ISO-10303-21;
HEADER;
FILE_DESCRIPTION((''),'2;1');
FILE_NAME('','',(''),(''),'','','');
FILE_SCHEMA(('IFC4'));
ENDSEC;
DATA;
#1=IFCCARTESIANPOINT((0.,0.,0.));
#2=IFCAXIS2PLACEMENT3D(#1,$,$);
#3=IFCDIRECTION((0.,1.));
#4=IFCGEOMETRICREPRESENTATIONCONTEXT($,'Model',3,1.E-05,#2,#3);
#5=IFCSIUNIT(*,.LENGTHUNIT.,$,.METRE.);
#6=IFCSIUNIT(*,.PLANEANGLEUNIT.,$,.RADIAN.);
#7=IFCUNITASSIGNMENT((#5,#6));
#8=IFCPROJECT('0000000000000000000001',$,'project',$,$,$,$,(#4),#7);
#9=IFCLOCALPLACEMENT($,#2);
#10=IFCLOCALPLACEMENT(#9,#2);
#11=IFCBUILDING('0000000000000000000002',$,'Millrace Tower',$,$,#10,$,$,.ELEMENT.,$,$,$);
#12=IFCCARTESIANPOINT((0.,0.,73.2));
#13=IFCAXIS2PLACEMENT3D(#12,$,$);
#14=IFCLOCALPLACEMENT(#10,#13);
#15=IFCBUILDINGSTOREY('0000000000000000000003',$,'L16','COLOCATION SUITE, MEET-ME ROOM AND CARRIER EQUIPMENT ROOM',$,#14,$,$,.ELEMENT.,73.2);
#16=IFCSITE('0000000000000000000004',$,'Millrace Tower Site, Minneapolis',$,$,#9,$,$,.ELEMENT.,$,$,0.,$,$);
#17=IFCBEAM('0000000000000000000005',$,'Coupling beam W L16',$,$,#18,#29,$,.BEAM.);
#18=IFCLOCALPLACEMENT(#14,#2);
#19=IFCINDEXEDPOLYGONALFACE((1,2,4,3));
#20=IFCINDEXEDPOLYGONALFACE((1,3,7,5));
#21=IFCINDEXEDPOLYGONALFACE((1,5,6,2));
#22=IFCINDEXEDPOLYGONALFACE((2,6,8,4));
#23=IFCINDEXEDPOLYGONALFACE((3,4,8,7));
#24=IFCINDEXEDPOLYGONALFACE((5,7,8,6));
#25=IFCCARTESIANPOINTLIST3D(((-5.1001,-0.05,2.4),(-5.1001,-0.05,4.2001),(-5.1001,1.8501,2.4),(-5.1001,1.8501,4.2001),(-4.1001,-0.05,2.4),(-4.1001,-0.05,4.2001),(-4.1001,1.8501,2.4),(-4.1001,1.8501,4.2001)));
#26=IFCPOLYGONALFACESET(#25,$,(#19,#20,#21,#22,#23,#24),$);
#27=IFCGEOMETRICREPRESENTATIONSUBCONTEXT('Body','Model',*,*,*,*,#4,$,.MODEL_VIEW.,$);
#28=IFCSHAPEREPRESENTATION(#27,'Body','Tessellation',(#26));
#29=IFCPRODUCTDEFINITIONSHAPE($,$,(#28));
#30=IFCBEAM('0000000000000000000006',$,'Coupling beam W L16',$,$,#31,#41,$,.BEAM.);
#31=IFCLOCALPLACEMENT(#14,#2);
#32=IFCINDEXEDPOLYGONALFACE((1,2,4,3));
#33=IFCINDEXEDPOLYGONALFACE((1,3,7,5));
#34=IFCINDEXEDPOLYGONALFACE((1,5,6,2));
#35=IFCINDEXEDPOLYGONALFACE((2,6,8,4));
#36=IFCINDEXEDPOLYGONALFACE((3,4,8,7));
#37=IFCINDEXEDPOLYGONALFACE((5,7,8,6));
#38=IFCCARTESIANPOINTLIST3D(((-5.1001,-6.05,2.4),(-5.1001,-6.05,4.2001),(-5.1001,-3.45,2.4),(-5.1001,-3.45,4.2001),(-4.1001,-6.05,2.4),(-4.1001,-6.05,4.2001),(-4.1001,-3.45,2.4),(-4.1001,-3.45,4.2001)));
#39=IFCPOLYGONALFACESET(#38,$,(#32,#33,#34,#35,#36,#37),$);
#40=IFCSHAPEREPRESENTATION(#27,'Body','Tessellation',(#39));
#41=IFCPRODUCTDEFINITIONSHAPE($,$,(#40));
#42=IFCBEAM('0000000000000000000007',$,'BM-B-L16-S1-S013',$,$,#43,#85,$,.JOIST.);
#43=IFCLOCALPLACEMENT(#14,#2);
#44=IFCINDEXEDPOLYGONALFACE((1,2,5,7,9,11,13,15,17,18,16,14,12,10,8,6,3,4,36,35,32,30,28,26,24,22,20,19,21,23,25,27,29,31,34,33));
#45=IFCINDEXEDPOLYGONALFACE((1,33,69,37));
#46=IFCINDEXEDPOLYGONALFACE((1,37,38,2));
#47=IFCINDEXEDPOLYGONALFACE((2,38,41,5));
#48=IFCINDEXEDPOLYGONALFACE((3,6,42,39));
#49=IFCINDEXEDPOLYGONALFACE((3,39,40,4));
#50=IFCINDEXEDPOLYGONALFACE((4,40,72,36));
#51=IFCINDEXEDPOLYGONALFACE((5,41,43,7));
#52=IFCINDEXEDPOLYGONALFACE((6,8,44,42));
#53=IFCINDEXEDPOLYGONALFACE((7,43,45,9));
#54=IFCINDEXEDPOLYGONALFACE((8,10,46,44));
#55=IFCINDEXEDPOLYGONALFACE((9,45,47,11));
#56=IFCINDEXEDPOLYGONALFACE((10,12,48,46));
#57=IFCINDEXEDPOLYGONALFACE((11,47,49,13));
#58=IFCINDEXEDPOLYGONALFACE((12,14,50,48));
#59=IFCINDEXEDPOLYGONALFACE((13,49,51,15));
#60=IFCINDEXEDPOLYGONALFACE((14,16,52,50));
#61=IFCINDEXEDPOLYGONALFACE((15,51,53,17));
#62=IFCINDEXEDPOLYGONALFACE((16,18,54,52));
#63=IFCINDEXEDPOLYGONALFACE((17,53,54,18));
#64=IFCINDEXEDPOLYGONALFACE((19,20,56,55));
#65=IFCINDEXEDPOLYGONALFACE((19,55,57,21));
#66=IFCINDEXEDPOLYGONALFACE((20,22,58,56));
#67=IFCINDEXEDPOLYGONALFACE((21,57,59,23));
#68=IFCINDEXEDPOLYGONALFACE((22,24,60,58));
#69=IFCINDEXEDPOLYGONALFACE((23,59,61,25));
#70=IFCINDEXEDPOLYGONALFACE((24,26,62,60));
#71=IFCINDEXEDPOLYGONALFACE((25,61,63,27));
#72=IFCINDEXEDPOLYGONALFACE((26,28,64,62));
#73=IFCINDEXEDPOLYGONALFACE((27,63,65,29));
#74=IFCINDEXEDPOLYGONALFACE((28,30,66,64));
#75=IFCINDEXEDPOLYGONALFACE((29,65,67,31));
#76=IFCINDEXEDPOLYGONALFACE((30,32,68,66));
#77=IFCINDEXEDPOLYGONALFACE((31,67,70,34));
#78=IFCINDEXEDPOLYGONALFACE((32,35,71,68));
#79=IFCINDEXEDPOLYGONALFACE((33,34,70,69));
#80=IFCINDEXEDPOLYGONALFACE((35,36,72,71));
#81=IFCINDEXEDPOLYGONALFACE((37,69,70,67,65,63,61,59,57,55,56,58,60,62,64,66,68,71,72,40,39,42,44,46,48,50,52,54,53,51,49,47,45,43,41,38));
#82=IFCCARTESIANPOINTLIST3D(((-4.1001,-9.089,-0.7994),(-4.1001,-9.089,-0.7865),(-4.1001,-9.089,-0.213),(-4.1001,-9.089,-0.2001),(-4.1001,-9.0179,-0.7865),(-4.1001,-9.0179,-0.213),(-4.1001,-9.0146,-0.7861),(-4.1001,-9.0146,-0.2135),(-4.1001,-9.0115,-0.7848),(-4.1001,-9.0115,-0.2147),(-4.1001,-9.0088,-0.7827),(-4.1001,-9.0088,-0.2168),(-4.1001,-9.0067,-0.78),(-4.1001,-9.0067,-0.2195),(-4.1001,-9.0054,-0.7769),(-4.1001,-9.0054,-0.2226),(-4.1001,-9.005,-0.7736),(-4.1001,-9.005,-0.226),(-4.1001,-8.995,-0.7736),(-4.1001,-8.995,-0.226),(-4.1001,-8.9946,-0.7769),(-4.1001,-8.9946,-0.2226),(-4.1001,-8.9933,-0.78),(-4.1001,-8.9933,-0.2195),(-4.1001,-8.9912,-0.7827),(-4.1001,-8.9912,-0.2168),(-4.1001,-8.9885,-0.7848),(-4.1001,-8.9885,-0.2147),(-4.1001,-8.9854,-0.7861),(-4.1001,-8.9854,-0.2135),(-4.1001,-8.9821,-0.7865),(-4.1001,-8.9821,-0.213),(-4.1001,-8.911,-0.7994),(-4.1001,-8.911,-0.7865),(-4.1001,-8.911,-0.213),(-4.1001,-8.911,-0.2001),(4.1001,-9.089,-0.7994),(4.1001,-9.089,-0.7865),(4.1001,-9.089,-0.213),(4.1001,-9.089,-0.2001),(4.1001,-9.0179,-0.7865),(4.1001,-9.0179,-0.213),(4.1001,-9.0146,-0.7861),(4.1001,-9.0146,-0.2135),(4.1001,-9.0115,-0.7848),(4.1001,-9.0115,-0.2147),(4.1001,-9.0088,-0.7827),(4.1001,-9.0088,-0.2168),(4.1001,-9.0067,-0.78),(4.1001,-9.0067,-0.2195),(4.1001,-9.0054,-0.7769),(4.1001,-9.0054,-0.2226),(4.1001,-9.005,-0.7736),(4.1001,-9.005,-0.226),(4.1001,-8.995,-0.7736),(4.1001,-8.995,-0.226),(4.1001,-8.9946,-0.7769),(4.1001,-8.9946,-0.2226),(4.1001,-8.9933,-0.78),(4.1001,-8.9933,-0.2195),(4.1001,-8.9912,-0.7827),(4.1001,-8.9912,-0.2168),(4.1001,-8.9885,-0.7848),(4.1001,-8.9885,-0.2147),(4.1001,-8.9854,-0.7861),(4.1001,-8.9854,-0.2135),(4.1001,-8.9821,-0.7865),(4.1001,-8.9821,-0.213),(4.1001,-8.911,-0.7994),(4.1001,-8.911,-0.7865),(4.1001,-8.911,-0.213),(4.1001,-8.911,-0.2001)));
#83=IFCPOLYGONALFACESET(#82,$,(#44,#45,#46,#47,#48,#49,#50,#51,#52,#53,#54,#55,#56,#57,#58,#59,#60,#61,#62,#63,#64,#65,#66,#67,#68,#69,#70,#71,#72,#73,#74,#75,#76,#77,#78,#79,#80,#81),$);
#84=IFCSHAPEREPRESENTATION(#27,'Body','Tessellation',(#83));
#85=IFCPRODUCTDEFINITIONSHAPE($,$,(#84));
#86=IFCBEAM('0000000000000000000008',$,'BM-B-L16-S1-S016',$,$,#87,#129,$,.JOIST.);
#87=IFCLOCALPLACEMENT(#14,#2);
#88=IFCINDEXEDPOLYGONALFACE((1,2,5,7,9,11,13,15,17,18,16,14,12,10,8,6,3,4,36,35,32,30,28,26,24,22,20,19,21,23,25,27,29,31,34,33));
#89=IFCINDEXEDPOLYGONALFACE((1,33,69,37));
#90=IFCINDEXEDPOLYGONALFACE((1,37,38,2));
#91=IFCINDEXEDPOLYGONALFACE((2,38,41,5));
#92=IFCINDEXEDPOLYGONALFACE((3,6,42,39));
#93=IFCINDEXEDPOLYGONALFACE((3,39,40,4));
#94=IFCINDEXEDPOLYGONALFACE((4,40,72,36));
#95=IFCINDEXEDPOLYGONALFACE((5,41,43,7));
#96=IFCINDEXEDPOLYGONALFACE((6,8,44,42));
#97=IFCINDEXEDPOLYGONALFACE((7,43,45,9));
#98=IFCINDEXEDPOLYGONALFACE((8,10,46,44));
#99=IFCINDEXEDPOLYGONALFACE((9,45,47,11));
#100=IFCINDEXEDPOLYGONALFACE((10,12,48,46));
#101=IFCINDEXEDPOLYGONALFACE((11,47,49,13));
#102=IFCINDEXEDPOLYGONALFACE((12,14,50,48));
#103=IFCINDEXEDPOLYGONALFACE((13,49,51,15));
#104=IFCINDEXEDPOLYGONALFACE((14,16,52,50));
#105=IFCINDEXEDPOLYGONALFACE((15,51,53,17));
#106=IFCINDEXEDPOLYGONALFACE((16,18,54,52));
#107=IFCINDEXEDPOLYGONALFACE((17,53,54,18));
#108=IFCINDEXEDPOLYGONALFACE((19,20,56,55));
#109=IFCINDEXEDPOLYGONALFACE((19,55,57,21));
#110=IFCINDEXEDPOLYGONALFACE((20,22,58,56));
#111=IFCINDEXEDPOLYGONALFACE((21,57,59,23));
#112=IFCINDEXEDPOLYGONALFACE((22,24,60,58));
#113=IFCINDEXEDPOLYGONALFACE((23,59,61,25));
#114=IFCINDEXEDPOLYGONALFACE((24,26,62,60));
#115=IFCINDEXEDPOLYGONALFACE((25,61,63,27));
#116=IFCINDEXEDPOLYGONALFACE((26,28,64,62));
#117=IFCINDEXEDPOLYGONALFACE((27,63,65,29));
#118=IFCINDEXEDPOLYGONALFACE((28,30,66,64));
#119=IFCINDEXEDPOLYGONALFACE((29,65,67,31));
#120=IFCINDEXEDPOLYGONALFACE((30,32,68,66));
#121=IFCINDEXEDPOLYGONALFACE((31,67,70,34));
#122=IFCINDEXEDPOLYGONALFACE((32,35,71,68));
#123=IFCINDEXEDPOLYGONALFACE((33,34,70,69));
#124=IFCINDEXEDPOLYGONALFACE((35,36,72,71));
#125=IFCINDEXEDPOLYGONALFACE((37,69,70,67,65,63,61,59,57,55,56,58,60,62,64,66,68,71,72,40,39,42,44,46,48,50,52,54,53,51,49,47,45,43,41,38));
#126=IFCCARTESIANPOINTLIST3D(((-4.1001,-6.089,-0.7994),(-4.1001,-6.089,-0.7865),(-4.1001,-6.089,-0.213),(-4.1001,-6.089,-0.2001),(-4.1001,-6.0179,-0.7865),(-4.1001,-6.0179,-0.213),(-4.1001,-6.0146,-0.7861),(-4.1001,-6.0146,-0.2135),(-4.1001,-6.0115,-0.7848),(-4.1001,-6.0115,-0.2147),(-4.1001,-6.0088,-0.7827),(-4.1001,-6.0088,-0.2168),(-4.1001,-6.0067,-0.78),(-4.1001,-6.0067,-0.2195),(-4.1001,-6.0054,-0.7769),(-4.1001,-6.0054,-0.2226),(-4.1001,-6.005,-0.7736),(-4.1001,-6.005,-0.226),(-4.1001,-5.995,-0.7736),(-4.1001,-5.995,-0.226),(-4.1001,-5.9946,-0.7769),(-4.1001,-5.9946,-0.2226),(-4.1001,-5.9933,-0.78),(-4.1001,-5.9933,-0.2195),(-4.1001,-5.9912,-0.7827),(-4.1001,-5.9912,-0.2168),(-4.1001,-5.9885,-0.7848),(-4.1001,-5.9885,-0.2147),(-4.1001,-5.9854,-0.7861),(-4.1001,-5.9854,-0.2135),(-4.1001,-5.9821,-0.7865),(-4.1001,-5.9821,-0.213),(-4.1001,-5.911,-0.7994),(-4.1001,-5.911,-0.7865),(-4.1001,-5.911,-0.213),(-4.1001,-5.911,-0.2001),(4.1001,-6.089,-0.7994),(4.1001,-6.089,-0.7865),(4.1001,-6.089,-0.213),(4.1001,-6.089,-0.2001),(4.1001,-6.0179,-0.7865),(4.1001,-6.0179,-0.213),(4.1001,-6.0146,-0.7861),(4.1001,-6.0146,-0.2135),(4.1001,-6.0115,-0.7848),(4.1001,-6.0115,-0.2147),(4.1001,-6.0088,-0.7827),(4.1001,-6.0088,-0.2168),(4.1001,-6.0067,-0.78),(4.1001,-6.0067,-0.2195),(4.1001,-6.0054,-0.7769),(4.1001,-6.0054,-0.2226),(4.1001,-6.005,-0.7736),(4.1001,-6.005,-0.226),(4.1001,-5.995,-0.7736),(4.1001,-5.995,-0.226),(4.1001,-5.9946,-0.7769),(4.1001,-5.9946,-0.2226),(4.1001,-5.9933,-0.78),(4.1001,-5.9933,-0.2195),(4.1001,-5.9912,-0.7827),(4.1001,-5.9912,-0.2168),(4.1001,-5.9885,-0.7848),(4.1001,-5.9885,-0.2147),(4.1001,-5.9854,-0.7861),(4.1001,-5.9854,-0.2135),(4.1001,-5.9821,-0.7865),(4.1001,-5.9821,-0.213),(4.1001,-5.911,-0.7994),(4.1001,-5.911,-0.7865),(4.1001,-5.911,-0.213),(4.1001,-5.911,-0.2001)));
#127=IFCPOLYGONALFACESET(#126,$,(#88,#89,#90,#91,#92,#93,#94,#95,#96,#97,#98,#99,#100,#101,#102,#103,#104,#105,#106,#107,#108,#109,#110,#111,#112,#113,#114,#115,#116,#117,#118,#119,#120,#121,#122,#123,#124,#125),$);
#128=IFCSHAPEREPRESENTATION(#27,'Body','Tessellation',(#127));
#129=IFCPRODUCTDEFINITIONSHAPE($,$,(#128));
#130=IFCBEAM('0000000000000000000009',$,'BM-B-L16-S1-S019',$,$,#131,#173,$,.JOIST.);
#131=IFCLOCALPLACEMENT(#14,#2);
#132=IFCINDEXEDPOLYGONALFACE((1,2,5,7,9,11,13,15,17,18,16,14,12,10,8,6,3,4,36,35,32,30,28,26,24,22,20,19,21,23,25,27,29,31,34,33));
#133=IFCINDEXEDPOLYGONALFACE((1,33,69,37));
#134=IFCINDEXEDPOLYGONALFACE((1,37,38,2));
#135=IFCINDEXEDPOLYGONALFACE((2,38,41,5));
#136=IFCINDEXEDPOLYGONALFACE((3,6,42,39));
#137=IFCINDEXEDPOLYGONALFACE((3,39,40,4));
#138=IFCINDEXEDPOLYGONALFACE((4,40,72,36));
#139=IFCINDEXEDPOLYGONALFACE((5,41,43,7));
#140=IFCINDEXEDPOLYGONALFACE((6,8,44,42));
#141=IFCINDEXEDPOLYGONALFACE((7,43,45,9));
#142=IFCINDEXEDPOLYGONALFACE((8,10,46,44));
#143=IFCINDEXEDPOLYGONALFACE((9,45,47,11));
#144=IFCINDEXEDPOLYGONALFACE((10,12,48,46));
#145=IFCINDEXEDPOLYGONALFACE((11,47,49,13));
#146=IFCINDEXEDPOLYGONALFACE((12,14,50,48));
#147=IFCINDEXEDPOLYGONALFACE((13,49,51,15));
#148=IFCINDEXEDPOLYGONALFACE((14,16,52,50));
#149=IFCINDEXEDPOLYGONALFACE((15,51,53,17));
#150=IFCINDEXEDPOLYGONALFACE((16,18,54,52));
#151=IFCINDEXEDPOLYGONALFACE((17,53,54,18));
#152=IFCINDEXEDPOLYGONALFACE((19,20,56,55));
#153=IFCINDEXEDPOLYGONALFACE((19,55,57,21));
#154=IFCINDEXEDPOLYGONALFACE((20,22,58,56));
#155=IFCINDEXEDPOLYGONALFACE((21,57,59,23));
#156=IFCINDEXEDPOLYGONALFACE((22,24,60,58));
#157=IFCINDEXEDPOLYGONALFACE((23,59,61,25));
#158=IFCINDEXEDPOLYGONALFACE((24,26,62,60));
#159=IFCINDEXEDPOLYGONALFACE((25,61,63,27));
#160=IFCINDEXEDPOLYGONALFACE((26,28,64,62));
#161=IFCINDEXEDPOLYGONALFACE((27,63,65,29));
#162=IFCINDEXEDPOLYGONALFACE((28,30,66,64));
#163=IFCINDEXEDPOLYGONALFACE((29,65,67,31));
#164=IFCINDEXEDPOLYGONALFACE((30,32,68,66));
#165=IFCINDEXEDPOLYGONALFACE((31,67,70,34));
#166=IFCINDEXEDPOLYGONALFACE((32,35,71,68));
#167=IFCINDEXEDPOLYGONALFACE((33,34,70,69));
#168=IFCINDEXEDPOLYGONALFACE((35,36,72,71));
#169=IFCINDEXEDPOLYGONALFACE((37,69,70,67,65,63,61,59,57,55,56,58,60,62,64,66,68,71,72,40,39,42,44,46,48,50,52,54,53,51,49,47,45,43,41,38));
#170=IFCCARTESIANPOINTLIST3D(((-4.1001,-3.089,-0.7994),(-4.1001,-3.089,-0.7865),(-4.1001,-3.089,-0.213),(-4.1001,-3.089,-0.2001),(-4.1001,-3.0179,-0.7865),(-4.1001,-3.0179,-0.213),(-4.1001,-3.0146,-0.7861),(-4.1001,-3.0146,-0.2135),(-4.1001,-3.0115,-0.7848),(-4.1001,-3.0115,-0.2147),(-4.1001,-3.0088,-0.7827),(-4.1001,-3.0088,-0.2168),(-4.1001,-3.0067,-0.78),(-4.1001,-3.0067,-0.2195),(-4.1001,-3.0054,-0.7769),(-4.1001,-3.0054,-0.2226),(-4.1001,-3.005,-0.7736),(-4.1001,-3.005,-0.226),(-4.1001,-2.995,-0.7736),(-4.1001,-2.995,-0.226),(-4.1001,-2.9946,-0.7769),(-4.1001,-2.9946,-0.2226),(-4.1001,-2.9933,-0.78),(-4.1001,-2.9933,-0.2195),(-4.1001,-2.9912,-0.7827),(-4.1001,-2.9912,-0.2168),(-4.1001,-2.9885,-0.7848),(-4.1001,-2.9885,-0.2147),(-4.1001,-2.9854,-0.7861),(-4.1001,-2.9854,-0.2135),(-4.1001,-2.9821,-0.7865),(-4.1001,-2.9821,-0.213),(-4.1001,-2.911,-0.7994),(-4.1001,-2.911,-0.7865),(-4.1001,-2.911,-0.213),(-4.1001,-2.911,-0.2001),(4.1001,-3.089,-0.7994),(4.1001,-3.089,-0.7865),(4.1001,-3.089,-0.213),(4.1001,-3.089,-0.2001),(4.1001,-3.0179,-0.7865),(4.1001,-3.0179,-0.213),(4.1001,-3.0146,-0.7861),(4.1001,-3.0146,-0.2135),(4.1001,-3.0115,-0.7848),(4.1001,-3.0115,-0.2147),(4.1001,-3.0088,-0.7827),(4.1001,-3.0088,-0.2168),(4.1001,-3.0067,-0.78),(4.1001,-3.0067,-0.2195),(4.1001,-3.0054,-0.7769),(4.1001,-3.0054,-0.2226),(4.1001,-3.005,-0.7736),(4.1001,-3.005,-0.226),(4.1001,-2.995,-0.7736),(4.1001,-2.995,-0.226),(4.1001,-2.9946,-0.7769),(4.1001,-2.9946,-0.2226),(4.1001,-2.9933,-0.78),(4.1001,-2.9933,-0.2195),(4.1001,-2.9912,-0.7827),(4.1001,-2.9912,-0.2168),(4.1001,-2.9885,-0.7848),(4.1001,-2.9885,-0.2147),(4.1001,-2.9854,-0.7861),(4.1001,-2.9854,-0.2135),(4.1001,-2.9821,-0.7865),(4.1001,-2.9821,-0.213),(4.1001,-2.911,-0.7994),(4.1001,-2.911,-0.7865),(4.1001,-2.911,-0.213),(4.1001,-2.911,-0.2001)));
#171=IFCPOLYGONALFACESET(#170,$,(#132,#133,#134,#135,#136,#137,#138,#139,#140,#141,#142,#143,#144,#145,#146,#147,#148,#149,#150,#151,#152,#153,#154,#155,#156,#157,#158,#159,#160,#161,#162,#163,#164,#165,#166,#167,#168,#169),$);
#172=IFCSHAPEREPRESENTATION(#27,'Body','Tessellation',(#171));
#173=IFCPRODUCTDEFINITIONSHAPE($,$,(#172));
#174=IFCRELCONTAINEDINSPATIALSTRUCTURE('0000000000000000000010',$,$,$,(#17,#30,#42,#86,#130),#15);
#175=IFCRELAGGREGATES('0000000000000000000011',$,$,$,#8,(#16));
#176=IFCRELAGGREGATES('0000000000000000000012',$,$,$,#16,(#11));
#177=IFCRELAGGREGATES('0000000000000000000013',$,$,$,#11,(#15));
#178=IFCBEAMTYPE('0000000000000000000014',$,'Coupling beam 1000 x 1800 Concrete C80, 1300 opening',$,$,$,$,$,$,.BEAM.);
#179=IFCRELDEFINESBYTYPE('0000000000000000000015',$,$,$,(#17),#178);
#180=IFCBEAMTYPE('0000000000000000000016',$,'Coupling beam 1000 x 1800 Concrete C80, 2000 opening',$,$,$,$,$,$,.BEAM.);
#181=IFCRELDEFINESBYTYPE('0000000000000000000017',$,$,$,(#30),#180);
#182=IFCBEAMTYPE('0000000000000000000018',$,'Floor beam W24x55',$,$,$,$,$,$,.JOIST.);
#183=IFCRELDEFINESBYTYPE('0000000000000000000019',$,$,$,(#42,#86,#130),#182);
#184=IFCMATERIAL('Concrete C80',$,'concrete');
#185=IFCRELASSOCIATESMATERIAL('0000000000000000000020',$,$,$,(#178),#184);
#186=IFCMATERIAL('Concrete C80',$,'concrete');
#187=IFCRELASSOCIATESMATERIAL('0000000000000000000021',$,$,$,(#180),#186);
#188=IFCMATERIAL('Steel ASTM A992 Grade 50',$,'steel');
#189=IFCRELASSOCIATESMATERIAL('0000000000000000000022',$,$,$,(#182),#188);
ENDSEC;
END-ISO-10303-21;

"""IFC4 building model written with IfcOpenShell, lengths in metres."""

from ifc_helpers import new_model, si_unit, direction, frame, origin, origin_2d, place, context, subcontext, project, spatial, rectangle, i_section, extrude, material, material_profile, profile_set, type_object, element, save


model = new_model("IFC4")

# Units and contexts
model_context = context("Model", 3, precision=1e-05, world=origin(), true_north=direction((0.0, 1.0)))
body_context = subcontext(model_context, "Body", "Model", "MODEL_VIEW")
ifc_project = project(units=[si_unit("LENGTHUNIT", "METRE"), si_unit("PLANEANGLEUNIT", "RADIAN")], contexts=[model_context])

# Site, building, storey
site_placement = place(None, origin())
site = spatial("IfcSite", under=ifc_project, at=site_placement, Name="Millrace Tower Site, Minneapolis", CompositionType="ELEMENT", RefElevation=0.0)
building_placement = place(site_placement, origin())
building = spatial("IfcBuilding", under=site, at=building_placement, Name="Millrace Tower", CompositionType="ELEMENT")
storey_placement = place(building_placement, frame((0.0, 0.0, 73.2)))
storey = spatial("IfcBuildingStorey", under=building, at=storey_placement, Name="L16", Description="COLOCATION SUITE, MEET-ME ROOM AND CARRIER EQUIPMENT ROOM", CompositionType="ELEMENT", Elevation=73.2)

# Beams
ifc_material_1 = material(Name="Concrete C80", Category="concrete")
ifc_material_profile_1 = material_profile(ifc_material_1, rectangle(XDim=1.0, YDim=1.8, at=origin_2d()))
ifc_profile_set_1 = profile_set([ifc_material_profile_1], Name="Concrete C80")
beam_type_1 = type_object("IfcBeamType", Name="Coupling beam 1000 x 1800 Concrete C80, 1300 opening", PredefinedType="BEAM", material=ifc_profile_set_1)
beam_1_placement = place(storey_placement, frame((-4.6001, -0.05, 3.3), z_axis=(0.0, 1.0, 0.0), x_axis=(-1.0, 0.0, 0.0)))
element("IfcBeam", 1, at=beam_1_placement, inside=storey, type_object=beam_type_1, Name="Coupling beam W L16", PredefinedType="BEAM", context=body_context, shape_type="SweptSolid", body=[
    extrude(rectangle(XDim=1.0, YDim=1.8, at=origin_2d()), origin(), (0.0, 0.0, 1.0), 1.9001),
])
ifc_material_2 = material(Name="Concrete C80", Category="concrete")
ifc_material_profile_2 = material_profile(ifc_material_2, rectangle(XDim=1.0, YDim=1.8, at=origin_2d()))
ifc_profile_set_2 = profile_set([ifc_material_profile_2], Name="Concrete C80")
beam_type_2 = type_object("IfcBeamType", Name="Coupling beam 1000 x 1800 Concrete C80, 2000 opening", PredefinedType="BEAM", material=ifc_profile_set_2)
beam_2_placement = place(storey_placement, frame((-4.6001, -6.05, 3.3), z_axis=(0.0, 1.0, 0.0), x_axis=(-1.0, 0.0, 0.0)))
element("IfcBeam", 2, at=beam_2_placement, inside=storey, type_object=beam_type_2, Name="Coupling beam W L16", PredefinedType="BEAM", context=body_context, shape_type="SweptSolid", body=[
    extrude(rectangle(XDim=1.0, YDim=1.8, at=origin_2d()), origin(), (0.0, 0.0, 1.0), 2.6001),
])
ifc_material_3 = material(Name="Steel ASTM A992 Grade 50", Category="steel")
ifc_material_profile_3 = material_profile(ifc_material_3, i_section(OverallWidth=0.178, OverallDepth=0.5994, WebThickness=0.01, FlangeThickness=0.0129, FilletRadius=0.0129, at=origin_2d()))
ifc_profile_set_3 = profile_set([ifc_material_profile_3], Name="Steel ASTM A992 Grade 50")
beam_type_3 = type_object("IfcBeamType", Name="Floor beam W24x55", PredefinedType="JOIST", material=ifc_profile_set_3)
for number, where, z_axis, x_axis, name in (
    (3, (-4.1001, -9.0, -0.4998), (1.0, 0.0, 0.0), (0.0, 1.0, 0.0), "BM-B-L16-S1-S013"),
    (4, (-4.1001, -6.0, -0.4998), (1.0, 0.0, 0.0), (0.0, 1.0, 0.0), "BM-B-L16-S1-S016"),
    (5, (-4.1001, -3.0, -0.4998), (1.0, 0.0, 0.0), (0.0, 1.0, 0.0), "BM-B-L16-S1-S019"),
):
    element("IfcBeam", number, at=place(storey_placement, frame(where, z_axis=z_axis, x_axis=x_axis)), inside=storey, type_object=beam_type_3, Name=name, PredefinedType="JOIST", context=body_context, shape_type="SweptSolid", body=[
        extrude(i_section(OverallWidth=0.178, OverallDepth=0.5994, WebThickness=0.01, FlangeThickness=0.0129, FilletRadius=0.0129, at=origin_2d()), origin(), (0.0, 0.0, 1.0), 8.2002),
    ])

save(model, "model.ifc")
